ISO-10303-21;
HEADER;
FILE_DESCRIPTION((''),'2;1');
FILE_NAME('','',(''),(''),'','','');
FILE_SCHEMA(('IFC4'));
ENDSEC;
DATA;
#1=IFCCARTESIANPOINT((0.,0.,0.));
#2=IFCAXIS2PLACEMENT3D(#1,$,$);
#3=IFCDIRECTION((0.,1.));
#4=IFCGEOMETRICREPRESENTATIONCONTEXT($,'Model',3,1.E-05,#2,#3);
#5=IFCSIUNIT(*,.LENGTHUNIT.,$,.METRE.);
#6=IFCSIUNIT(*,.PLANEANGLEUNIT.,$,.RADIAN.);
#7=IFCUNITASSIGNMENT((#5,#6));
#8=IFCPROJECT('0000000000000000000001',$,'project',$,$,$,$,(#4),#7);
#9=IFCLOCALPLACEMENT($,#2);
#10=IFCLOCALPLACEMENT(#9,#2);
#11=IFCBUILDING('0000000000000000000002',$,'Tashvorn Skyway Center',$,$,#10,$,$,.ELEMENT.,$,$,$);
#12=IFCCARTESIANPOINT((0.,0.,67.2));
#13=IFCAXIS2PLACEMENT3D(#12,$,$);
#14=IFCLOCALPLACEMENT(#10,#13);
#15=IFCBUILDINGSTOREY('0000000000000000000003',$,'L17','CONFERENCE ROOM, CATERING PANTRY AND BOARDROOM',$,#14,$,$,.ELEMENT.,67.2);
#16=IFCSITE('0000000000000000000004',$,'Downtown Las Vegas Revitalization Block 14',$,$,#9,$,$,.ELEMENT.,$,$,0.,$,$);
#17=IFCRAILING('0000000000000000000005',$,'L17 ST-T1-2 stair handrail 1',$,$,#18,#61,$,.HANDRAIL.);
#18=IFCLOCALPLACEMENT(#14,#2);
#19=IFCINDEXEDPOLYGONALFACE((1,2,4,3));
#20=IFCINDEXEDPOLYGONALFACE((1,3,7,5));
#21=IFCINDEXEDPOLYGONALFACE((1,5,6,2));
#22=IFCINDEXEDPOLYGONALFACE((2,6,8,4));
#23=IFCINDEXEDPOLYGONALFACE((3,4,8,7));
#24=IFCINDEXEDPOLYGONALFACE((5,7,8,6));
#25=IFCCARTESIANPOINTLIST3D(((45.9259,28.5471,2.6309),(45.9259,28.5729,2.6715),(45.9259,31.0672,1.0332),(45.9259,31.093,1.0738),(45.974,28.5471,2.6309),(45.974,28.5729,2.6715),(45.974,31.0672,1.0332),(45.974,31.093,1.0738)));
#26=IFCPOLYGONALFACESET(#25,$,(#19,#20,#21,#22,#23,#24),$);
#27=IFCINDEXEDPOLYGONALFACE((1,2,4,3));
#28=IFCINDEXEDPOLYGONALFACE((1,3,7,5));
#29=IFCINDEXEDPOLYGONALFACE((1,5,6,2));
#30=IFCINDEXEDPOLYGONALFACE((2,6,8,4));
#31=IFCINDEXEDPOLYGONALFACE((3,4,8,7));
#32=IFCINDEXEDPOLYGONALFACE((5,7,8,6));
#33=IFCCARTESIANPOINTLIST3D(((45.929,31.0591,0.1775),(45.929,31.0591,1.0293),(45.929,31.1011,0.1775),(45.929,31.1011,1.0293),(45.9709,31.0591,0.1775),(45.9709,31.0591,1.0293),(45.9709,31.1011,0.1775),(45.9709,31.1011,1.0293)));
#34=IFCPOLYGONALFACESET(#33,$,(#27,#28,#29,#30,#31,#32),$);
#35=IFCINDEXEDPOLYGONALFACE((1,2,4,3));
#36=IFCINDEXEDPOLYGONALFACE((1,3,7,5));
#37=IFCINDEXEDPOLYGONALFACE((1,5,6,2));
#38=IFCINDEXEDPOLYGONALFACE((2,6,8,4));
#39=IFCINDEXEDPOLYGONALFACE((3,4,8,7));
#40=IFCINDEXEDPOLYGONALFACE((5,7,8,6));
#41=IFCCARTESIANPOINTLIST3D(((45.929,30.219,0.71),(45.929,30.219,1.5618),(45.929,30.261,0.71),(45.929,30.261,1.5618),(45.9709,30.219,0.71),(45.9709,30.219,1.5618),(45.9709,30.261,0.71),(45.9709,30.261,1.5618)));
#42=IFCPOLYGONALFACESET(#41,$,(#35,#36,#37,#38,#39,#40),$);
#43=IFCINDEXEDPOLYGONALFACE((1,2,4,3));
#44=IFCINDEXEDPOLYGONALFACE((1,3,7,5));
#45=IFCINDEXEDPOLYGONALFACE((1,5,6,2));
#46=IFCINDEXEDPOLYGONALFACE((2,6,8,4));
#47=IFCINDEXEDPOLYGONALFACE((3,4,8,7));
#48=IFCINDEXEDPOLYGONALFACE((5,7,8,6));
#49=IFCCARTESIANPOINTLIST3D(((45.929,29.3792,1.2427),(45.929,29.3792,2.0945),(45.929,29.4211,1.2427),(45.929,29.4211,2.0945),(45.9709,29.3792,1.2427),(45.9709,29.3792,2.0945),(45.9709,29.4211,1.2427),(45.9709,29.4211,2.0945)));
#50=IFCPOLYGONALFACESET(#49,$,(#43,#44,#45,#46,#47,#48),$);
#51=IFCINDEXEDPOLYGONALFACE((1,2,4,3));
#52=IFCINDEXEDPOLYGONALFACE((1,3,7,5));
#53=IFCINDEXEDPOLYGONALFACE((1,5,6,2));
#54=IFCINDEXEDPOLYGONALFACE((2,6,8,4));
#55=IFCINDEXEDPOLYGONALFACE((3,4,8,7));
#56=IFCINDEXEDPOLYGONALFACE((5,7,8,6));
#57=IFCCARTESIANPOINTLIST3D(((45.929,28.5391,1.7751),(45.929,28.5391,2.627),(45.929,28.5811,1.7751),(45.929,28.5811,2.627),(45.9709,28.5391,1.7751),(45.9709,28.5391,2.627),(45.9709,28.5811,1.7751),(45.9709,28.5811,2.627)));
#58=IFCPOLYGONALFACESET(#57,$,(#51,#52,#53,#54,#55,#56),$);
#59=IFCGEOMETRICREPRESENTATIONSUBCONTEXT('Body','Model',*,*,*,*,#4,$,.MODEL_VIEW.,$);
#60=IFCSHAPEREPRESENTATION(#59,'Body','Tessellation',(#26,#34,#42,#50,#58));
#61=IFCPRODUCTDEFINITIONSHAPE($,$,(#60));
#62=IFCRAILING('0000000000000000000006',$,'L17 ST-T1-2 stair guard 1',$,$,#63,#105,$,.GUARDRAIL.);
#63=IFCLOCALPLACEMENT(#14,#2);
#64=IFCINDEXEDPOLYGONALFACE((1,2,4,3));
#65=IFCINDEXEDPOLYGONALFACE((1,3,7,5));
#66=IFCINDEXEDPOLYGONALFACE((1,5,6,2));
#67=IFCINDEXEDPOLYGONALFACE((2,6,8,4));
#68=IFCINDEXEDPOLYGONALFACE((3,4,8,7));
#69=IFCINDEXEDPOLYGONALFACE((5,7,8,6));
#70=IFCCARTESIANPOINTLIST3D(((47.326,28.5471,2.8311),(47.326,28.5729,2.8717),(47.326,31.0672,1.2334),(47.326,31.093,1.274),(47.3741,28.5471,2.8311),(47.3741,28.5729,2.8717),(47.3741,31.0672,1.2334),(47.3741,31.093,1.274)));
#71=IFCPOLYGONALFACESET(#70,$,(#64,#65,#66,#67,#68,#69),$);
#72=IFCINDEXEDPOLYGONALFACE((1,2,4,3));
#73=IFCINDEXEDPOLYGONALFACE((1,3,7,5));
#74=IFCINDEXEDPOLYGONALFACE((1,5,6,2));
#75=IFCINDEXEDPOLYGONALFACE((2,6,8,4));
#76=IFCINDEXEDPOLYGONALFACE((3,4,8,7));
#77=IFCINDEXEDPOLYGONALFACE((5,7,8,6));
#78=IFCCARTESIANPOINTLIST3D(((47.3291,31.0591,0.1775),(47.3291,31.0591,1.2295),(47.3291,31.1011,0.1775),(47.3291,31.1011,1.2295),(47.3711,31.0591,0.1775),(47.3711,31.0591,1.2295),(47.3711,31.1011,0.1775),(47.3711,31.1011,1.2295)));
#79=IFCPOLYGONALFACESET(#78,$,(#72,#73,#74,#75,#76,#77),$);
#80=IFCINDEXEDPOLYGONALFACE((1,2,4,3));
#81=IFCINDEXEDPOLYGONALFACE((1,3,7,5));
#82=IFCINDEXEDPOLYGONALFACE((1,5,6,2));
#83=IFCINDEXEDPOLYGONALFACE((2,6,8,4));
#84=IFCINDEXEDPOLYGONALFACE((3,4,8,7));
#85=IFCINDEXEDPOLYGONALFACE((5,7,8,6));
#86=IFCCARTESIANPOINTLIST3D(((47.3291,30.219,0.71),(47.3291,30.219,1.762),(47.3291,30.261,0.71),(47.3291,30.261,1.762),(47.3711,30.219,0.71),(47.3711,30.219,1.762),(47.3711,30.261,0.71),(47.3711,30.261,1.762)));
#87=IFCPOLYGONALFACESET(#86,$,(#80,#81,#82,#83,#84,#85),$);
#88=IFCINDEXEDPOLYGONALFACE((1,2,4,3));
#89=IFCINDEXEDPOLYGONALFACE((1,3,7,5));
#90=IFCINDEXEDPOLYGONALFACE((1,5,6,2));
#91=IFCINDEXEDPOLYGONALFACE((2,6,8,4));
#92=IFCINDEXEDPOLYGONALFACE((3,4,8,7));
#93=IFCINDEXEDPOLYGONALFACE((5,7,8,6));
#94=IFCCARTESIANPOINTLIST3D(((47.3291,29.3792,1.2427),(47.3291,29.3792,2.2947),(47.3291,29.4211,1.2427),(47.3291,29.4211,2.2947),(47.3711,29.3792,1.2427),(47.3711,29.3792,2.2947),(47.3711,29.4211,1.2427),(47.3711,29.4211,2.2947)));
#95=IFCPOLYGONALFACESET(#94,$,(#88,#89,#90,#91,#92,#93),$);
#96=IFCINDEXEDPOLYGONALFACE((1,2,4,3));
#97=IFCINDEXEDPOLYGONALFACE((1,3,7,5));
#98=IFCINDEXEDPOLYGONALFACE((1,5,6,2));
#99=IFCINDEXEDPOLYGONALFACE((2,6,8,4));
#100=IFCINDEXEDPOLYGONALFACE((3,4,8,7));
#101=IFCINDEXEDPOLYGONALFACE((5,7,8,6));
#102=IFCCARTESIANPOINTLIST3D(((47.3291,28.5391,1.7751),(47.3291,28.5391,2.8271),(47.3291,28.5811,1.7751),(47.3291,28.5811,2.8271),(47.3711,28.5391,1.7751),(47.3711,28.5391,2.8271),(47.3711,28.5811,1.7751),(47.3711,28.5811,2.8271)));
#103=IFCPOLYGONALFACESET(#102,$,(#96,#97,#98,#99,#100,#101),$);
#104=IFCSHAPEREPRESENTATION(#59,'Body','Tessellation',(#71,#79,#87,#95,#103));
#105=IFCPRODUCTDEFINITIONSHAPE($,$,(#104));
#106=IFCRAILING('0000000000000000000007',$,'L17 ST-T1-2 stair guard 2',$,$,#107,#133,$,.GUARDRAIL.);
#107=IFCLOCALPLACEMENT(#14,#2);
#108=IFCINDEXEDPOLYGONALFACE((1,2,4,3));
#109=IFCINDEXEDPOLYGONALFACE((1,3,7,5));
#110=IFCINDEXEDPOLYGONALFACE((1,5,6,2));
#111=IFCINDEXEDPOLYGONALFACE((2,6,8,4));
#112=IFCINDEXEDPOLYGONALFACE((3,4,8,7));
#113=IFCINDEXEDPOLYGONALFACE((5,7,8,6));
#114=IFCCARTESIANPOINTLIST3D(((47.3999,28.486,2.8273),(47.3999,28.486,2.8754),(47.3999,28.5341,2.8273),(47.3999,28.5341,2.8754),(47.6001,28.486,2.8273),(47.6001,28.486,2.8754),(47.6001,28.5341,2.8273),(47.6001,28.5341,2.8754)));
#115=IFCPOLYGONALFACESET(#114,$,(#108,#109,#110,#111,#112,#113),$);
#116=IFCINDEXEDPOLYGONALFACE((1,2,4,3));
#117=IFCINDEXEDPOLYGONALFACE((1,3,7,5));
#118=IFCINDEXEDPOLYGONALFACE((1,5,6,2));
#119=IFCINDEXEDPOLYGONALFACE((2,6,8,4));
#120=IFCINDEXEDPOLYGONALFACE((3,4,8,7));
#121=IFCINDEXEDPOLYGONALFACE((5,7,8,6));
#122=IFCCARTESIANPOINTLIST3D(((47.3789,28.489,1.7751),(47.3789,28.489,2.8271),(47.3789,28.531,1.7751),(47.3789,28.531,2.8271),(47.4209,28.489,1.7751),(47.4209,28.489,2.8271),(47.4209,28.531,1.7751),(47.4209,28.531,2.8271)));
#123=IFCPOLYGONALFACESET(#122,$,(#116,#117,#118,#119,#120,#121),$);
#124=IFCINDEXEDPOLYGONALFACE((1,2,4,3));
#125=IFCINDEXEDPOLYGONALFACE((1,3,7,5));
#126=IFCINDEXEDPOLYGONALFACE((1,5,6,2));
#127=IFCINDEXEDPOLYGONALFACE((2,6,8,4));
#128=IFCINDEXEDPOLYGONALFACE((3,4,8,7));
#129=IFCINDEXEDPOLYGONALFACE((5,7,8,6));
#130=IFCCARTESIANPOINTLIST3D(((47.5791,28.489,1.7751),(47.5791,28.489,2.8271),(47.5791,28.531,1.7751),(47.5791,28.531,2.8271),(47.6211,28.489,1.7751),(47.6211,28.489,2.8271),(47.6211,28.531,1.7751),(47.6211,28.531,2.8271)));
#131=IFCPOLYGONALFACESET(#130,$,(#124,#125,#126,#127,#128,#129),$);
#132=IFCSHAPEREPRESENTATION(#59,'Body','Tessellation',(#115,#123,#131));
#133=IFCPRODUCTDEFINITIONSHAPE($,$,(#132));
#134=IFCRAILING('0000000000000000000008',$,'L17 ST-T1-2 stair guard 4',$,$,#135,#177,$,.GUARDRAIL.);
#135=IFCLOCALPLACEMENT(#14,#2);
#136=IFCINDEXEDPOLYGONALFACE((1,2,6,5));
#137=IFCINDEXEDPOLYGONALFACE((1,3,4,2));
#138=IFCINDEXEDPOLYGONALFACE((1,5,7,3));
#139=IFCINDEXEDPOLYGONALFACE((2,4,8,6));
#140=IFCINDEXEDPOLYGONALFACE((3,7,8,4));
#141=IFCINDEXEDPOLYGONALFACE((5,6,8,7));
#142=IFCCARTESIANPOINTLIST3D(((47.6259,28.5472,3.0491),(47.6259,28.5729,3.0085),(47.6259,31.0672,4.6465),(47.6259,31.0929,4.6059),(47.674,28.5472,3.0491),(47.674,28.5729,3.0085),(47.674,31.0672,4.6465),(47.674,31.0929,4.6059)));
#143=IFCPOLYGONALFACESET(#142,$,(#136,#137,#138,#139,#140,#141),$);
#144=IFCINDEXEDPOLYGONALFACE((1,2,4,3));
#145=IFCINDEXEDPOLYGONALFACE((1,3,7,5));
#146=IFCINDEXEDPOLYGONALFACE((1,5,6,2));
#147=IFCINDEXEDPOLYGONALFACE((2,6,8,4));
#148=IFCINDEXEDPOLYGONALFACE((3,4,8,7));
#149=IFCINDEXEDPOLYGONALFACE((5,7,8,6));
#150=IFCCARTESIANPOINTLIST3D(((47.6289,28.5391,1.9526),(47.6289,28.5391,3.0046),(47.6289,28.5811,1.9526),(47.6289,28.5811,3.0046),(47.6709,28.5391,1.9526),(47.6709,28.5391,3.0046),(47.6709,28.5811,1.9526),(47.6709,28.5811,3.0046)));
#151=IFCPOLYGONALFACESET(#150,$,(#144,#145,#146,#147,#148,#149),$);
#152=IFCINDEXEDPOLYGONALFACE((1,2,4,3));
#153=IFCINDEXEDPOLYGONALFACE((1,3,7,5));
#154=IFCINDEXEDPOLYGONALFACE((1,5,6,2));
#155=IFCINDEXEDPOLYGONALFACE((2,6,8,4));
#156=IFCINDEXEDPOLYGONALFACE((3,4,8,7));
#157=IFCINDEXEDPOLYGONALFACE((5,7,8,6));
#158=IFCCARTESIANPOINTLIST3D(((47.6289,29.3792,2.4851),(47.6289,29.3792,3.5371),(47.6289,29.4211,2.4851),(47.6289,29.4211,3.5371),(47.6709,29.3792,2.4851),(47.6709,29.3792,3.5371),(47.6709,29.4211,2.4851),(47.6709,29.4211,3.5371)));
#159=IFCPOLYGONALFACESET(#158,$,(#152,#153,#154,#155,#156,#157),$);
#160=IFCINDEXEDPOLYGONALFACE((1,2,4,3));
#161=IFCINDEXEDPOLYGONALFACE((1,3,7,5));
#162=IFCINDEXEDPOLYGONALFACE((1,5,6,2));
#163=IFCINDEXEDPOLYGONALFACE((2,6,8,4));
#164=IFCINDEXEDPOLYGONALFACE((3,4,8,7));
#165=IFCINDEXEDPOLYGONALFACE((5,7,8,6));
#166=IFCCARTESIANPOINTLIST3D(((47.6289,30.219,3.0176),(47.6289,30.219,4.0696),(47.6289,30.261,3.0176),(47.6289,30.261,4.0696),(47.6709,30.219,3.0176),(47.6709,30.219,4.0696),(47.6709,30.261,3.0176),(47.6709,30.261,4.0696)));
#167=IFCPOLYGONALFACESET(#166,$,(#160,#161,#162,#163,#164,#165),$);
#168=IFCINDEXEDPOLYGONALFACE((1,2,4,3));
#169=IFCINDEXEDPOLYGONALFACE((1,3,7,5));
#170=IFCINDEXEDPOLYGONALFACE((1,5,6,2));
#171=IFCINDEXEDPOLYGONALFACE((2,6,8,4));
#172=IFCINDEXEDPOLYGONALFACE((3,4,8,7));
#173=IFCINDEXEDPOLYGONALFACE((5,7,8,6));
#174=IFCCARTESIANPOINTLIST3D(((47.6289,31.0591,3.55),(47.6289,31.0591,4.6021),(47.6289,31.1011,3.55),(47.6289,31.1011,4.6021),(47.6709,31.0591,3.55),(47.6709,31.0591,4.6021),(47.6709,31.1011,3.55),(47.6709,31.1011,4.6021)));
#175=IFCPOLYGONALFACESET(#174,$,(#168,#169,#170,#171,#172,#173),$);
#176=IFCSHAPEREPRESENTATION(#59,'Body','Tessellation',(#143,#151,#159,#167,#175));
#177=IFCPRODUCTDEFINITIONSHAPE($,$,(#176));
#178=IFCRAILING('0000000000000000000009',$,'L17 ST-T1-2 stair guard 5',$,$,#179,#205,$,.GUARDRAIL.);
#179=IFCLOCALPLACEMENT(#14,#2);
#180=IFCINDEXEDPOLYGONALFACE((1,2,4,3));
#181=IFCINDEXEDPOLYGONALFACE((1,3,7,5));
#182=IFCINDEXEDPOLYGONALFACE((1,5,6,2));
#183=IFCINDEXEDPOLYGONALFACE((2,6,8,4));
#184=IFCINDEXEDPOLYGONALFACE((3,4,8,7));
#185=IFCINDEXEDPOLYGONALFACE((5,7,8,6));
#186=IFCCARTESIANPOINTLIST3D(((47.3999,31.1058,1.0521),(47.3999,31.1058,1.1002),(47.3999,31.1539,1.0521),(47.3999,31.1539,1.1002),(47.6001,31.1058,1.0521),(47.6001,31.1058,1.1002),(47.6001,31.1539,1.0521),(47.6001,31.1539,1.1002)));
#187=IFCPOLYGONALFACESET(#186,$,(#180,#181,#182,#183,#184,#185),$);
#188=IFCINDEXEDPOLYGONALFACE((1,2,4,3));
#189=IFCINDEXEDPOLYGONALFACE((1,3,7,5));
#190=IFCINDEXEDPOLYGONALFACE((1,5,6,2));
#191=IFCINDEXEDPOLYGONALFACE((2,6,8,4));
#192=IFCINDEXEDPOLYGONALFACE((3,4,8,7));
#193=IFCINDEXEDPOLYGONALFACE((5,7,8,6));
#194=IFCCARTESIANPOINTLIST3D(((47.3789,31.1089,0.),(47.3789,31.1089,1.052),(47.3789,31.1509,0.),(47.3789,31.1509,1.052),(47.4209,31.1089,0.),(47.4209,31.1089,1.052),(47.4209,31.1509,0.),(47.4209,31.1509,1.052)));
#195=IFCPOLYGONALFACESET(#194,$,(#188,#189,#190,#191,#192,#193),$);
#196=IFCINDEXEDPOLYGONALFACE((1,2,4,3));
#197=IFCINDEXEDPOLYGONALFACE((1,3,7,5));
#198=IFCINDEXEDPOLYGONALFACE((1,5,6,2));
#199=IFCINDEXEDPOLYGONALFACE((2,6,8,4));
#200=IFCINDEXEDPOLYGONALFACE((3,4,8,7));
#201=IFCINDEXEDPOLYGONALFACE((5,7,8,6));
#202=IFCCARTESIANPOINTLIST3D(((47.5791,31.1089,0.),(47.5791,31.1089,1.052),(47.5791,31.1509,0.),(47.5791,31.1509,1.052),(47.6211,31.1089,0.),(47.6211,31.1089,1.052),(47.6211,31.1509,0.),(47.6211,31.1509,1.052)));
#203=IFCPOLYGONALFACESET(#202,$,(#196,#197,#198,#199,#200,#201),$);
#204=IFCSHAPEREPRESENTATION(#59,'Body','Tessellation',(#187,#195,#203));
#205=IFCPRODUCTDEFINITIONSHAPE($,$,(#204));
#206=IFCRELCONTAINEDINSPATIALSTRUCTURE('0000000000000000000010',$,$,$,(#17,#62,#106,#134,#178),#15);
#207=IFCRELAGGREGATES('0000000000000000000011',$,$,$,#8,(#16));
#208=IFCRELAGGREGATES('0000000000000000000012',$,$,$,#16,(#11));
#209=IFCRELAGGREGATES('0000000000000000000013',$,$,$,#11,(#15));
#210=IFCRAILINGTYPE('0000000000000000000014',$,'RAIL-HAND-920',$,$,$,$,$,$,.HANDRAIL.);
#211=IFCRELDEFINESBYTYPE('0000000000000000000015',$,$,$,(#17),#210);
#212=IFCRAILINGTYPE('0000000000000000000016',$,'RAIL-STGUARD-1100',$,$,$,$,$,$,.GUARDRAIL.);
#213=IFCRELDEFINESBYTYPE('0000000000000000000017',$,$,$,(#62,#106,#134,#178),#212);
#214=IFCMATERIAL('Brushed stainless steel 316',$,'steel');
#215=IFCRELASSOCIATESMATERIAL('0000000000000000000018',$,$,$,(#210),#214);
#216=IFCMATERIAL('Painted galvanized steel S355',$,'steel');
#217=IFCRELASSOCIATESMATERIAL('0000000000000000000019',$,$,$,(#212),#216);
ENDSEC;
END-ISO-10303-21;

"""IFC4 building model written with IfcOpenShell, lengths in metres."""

from ifc_helpers import new_model, si_unit, direction, frame, origin, origin_2d, place, context, subcontext, project, spatial, rectangle, extrude, material, type_object, element, save


model = new_model("IFC4")

# Units and contexts
model_context = context("Model", 3, precision=1e-05, world=origin(), true_north=direction((0.0, 1.0)))
body_context = subcontext(model_context, "Body", "Model", "MODEL_VIEW")
ifc_project = project(units=[si_unit("LENGTHUNIT", "METRE"), si_unit("PLANEANGLEUNIT", "RADIAN")], contexts=[model_context])

# Site, building, storey
site_placement = place(None, origin())
site = spatial("IfcSite", under=ifc_project, at=site_placement, Name="Downtown Las Vegas Revitalization Block 14", CompositionType="ELEMENT", RefElevation=0.0)
building_placement = place(site_placement, origin())
building = spatial("IfcBuilding", under=site, at=building_placement, Name="Tashvorn Skyway Center", CompositionType="ELEMENT")
storey_placement = place(building_placement, frame((0.0, 0.0, 67.2)))
storey = spatial("IfcBuildingStorey", under=building, at=storey_placement, Name="L17", Description="CONFERENCE ROOM, CATERING PANTRY AND BOARDROOM", CompositionType="ELEMENT", Elevation=67.2)

# Railings
ifc_material_1 = material(Name="Brushed stainless steel 316", Category="steel")
railing_type_1 = type_object("IfcRailingType", Name="RAIL-HAND-920", PredefinedType="HANDRAIL", material=ifc_material_1)
railing_1_placement = place(storey_placement, frame((45.95, 31.0801, 0.1775)))
element("IfcRailing", 1, at=railing_1_placement, inside=storey, type_object=railing_type_1, Name="L17 ST-T1-2 stair handrail 1", PredefinedType="HANDRAIL", context=body_context, shape_type="SweptSolid", body=[
    extrude(rectangle(XDim=0.0481, YDim=0.0481, at=origin_2d()), frame((0.0, 0.0, 0.876), z_axis=(0.0, -0.84457, 0.535445), x_axis=(1.0, 0.0, 0.0)), (0.0, 0.0, 1.0), 2.9839),
    extrude(rectangle(XDim=0.042, YDim=0.042, at=origin_2d()), origin(), (0.0, 0.0, 1.0), 0.8518),
    extrude(rectangle(XDim=0.042, YDim=0.042, at=origin_2d()), frame((0.0, -0.8401, 0.5325)), (0.0, 0.0, 1.0), 0.8518),
    extrude(rectangle(XDim=0.042, YDim=0.042, at=origin_2d()), frame((0.0, -1.6799, 1.0652)), (0.0, 0.0, 1.0), 0.8518),
    extrude(rectangle(XDim=0.042, YDim=0.042, at=origin_2d()), frame((0.0, -2.52, 1.5977)), (0.0, 0.0, 1.0), 0.8518),
])
ifc_material_2 = material(Name="Painted galvanized steel S355", Category="steel")
railing_type_2 = type_object("IfcRailingType", Name="RAIL-STGUARD-1100", PredefinedType="GUARDRAIL", material=ifc_material_2)
railing_2_placement = place(storey_placement, frame((47.3501, 31.0801, 0.1775)))
element("IfcRailing", 2, at=railing_2_placement, inside=storey, type_object=railing_type_2, Name="L17 ST-T1-2 stair guard 1", PredefinedType="GUARDRAIL", context=body_context, shape_type="SweptSolid", body=[
    extrude(rectangle(XDim=0.0481, YDim=0.0481, at=origin_2d()), frame((0.0, 0.0, 1.0762), z_axis=(0.0, -0.84457, 0.535445), x_axis=(1.0, 0.0, 0.0)), (0.0, 0.0, 1.0), 2.9839),
    extrude(rectangle(XDim=0.042, YDim=0.042, at=origin_2d()), origin(), (0.0, 0.0, 1.0), 1.052),
    extrude(rectangle(XDim=0.042, YDim=0.042, at=origin_2d()), frame((0.0, -0.8401, 0.5325)), (0.0, 0.0, 1.0), 1.052),
    extrude(rectangle(XDim=0.042, YDim=0.042, at=origin_2d()), frame((0.0, -1.6799, 1.0652)), (0.0, 0.0, 1.0), 1.052),
    extrude(rectangle(XDim=0.042, YDim=0.042, at=origin_2d()), frame((0.0, -2.52, 1.5977)), (0.0, 0.0, 1.0), 1.052),
])
railing_3_placement = place(storey_placement, frame((47.3999, 28.51, 1.7751)))
element("IfcRailing", 3, at=railing_3_placement, inside=storey, type_object=railing_type_2, Name="L17 ST-T1-2 stair guard 2", PredefinedType="GUARDRAIL", context=body_context, shape_type="SweptSolid", body=[
    extrude(rectangle(XDim=0.0481, YDim=0.0481, at=origin_2d()), frame((0.0, 0.0, 1.0762), z_axis=(1.0, 0.0, 0.0), x_axis=(0.0, 1.0, 0.0)), (0.0, 0.0, 1.0), 0.2002),
    extrude(rectangle(XDim=0.042, YDim=0.042, at=origin_2d()), origin(), (0.0, 0.0, 1.0), 1.052),
    extrude(rectangle(XDim=0.042, YDim=0.042, at=origin_2d()), frame((0.2002, 0.0, 0.0)), (0.0, 0.0, 1.0), 1.052),
])
railing_4_placement = place(storey_placement, frame((47.6499, 28.5601, 1.9526)))
element("IfcRailing", 4, at=railing_4_placement, inside=storey, type_object=railing_type_2, Name="L17 ST-T1-2 stair guard 4", PredefinedType="GUARDRAIL", context=body_context, shape_type="SweptSolid", body=[
    extrude(rectangle(XDim=0.0481, YDim=0.0481, at=origin_2d()), frame((0.0, 0.0, 1.0762), z_axis=(0.0, 0.844607, 0.535387), x_axis=(-1.0, 0.0, 0.0)), (0.0, 0.0, 1.0), 2.9836),
    extrude(rectangle(XDim=0.042, YDim=0.042, at=origin_2d()), origin(), (0.0, 0.0, 1.0), 1.052),
    extrude(rectangle(XDim=0.042, YDim=0.042, at=origin_2d()), frame((0.0, 0.8401, 0.5325)), (0.0, 0.0, 1.0), 1.052),
    extrude(rectangle(XDim=0.042, YDim=0.042, at=origin_2d()), frame((0.0, 1.6799, 1.0649)), (0.0, 0.0, 1.0), 1.052),
    extrude(rectangle(XDim=0.042, YDim=0.042, at=origin_2d()), frame((0.0, 2.52, 1.5974)), (0.0, 0.0, 1.0), 1.052),
])
railing_5_placement = place(storey_placement, frame((47.3999, 31.1299, 0.0)))
element("IfcRailing", 5, at=railing_5_placement, inside=storey, type_object=railing_type_2, Name="L17 ST-T1-2 stair guard 5", PredefinedType="GUARDRAIL", context=body_context, shape_type="SweptSolid", body=[
    extrude(rectangle(XDim=0.0481, YDim=0.0481, at=origin_2d()), frame((0.0, 0.0, 1.0762), z_axis=(1.0, 0.0, 0.0), x_axis=(0.0, 1.0, 0.0)), (0.0, 0.0, 1.0), 0.2002),
    extrude(rectangle(XDim=0.042, YDim=0.042, at=origin_2d()), origin(), (0.0, 0.0, 1.0), 1.052),
    extrude(rectangle(XDim=0.042, YDim=0.042, at=origin_2d()), frame((0.2002, 0.0, 0.0)), (0.0, 0.0, 1.0), 1.052),
])

save(model, "model.ifc")
